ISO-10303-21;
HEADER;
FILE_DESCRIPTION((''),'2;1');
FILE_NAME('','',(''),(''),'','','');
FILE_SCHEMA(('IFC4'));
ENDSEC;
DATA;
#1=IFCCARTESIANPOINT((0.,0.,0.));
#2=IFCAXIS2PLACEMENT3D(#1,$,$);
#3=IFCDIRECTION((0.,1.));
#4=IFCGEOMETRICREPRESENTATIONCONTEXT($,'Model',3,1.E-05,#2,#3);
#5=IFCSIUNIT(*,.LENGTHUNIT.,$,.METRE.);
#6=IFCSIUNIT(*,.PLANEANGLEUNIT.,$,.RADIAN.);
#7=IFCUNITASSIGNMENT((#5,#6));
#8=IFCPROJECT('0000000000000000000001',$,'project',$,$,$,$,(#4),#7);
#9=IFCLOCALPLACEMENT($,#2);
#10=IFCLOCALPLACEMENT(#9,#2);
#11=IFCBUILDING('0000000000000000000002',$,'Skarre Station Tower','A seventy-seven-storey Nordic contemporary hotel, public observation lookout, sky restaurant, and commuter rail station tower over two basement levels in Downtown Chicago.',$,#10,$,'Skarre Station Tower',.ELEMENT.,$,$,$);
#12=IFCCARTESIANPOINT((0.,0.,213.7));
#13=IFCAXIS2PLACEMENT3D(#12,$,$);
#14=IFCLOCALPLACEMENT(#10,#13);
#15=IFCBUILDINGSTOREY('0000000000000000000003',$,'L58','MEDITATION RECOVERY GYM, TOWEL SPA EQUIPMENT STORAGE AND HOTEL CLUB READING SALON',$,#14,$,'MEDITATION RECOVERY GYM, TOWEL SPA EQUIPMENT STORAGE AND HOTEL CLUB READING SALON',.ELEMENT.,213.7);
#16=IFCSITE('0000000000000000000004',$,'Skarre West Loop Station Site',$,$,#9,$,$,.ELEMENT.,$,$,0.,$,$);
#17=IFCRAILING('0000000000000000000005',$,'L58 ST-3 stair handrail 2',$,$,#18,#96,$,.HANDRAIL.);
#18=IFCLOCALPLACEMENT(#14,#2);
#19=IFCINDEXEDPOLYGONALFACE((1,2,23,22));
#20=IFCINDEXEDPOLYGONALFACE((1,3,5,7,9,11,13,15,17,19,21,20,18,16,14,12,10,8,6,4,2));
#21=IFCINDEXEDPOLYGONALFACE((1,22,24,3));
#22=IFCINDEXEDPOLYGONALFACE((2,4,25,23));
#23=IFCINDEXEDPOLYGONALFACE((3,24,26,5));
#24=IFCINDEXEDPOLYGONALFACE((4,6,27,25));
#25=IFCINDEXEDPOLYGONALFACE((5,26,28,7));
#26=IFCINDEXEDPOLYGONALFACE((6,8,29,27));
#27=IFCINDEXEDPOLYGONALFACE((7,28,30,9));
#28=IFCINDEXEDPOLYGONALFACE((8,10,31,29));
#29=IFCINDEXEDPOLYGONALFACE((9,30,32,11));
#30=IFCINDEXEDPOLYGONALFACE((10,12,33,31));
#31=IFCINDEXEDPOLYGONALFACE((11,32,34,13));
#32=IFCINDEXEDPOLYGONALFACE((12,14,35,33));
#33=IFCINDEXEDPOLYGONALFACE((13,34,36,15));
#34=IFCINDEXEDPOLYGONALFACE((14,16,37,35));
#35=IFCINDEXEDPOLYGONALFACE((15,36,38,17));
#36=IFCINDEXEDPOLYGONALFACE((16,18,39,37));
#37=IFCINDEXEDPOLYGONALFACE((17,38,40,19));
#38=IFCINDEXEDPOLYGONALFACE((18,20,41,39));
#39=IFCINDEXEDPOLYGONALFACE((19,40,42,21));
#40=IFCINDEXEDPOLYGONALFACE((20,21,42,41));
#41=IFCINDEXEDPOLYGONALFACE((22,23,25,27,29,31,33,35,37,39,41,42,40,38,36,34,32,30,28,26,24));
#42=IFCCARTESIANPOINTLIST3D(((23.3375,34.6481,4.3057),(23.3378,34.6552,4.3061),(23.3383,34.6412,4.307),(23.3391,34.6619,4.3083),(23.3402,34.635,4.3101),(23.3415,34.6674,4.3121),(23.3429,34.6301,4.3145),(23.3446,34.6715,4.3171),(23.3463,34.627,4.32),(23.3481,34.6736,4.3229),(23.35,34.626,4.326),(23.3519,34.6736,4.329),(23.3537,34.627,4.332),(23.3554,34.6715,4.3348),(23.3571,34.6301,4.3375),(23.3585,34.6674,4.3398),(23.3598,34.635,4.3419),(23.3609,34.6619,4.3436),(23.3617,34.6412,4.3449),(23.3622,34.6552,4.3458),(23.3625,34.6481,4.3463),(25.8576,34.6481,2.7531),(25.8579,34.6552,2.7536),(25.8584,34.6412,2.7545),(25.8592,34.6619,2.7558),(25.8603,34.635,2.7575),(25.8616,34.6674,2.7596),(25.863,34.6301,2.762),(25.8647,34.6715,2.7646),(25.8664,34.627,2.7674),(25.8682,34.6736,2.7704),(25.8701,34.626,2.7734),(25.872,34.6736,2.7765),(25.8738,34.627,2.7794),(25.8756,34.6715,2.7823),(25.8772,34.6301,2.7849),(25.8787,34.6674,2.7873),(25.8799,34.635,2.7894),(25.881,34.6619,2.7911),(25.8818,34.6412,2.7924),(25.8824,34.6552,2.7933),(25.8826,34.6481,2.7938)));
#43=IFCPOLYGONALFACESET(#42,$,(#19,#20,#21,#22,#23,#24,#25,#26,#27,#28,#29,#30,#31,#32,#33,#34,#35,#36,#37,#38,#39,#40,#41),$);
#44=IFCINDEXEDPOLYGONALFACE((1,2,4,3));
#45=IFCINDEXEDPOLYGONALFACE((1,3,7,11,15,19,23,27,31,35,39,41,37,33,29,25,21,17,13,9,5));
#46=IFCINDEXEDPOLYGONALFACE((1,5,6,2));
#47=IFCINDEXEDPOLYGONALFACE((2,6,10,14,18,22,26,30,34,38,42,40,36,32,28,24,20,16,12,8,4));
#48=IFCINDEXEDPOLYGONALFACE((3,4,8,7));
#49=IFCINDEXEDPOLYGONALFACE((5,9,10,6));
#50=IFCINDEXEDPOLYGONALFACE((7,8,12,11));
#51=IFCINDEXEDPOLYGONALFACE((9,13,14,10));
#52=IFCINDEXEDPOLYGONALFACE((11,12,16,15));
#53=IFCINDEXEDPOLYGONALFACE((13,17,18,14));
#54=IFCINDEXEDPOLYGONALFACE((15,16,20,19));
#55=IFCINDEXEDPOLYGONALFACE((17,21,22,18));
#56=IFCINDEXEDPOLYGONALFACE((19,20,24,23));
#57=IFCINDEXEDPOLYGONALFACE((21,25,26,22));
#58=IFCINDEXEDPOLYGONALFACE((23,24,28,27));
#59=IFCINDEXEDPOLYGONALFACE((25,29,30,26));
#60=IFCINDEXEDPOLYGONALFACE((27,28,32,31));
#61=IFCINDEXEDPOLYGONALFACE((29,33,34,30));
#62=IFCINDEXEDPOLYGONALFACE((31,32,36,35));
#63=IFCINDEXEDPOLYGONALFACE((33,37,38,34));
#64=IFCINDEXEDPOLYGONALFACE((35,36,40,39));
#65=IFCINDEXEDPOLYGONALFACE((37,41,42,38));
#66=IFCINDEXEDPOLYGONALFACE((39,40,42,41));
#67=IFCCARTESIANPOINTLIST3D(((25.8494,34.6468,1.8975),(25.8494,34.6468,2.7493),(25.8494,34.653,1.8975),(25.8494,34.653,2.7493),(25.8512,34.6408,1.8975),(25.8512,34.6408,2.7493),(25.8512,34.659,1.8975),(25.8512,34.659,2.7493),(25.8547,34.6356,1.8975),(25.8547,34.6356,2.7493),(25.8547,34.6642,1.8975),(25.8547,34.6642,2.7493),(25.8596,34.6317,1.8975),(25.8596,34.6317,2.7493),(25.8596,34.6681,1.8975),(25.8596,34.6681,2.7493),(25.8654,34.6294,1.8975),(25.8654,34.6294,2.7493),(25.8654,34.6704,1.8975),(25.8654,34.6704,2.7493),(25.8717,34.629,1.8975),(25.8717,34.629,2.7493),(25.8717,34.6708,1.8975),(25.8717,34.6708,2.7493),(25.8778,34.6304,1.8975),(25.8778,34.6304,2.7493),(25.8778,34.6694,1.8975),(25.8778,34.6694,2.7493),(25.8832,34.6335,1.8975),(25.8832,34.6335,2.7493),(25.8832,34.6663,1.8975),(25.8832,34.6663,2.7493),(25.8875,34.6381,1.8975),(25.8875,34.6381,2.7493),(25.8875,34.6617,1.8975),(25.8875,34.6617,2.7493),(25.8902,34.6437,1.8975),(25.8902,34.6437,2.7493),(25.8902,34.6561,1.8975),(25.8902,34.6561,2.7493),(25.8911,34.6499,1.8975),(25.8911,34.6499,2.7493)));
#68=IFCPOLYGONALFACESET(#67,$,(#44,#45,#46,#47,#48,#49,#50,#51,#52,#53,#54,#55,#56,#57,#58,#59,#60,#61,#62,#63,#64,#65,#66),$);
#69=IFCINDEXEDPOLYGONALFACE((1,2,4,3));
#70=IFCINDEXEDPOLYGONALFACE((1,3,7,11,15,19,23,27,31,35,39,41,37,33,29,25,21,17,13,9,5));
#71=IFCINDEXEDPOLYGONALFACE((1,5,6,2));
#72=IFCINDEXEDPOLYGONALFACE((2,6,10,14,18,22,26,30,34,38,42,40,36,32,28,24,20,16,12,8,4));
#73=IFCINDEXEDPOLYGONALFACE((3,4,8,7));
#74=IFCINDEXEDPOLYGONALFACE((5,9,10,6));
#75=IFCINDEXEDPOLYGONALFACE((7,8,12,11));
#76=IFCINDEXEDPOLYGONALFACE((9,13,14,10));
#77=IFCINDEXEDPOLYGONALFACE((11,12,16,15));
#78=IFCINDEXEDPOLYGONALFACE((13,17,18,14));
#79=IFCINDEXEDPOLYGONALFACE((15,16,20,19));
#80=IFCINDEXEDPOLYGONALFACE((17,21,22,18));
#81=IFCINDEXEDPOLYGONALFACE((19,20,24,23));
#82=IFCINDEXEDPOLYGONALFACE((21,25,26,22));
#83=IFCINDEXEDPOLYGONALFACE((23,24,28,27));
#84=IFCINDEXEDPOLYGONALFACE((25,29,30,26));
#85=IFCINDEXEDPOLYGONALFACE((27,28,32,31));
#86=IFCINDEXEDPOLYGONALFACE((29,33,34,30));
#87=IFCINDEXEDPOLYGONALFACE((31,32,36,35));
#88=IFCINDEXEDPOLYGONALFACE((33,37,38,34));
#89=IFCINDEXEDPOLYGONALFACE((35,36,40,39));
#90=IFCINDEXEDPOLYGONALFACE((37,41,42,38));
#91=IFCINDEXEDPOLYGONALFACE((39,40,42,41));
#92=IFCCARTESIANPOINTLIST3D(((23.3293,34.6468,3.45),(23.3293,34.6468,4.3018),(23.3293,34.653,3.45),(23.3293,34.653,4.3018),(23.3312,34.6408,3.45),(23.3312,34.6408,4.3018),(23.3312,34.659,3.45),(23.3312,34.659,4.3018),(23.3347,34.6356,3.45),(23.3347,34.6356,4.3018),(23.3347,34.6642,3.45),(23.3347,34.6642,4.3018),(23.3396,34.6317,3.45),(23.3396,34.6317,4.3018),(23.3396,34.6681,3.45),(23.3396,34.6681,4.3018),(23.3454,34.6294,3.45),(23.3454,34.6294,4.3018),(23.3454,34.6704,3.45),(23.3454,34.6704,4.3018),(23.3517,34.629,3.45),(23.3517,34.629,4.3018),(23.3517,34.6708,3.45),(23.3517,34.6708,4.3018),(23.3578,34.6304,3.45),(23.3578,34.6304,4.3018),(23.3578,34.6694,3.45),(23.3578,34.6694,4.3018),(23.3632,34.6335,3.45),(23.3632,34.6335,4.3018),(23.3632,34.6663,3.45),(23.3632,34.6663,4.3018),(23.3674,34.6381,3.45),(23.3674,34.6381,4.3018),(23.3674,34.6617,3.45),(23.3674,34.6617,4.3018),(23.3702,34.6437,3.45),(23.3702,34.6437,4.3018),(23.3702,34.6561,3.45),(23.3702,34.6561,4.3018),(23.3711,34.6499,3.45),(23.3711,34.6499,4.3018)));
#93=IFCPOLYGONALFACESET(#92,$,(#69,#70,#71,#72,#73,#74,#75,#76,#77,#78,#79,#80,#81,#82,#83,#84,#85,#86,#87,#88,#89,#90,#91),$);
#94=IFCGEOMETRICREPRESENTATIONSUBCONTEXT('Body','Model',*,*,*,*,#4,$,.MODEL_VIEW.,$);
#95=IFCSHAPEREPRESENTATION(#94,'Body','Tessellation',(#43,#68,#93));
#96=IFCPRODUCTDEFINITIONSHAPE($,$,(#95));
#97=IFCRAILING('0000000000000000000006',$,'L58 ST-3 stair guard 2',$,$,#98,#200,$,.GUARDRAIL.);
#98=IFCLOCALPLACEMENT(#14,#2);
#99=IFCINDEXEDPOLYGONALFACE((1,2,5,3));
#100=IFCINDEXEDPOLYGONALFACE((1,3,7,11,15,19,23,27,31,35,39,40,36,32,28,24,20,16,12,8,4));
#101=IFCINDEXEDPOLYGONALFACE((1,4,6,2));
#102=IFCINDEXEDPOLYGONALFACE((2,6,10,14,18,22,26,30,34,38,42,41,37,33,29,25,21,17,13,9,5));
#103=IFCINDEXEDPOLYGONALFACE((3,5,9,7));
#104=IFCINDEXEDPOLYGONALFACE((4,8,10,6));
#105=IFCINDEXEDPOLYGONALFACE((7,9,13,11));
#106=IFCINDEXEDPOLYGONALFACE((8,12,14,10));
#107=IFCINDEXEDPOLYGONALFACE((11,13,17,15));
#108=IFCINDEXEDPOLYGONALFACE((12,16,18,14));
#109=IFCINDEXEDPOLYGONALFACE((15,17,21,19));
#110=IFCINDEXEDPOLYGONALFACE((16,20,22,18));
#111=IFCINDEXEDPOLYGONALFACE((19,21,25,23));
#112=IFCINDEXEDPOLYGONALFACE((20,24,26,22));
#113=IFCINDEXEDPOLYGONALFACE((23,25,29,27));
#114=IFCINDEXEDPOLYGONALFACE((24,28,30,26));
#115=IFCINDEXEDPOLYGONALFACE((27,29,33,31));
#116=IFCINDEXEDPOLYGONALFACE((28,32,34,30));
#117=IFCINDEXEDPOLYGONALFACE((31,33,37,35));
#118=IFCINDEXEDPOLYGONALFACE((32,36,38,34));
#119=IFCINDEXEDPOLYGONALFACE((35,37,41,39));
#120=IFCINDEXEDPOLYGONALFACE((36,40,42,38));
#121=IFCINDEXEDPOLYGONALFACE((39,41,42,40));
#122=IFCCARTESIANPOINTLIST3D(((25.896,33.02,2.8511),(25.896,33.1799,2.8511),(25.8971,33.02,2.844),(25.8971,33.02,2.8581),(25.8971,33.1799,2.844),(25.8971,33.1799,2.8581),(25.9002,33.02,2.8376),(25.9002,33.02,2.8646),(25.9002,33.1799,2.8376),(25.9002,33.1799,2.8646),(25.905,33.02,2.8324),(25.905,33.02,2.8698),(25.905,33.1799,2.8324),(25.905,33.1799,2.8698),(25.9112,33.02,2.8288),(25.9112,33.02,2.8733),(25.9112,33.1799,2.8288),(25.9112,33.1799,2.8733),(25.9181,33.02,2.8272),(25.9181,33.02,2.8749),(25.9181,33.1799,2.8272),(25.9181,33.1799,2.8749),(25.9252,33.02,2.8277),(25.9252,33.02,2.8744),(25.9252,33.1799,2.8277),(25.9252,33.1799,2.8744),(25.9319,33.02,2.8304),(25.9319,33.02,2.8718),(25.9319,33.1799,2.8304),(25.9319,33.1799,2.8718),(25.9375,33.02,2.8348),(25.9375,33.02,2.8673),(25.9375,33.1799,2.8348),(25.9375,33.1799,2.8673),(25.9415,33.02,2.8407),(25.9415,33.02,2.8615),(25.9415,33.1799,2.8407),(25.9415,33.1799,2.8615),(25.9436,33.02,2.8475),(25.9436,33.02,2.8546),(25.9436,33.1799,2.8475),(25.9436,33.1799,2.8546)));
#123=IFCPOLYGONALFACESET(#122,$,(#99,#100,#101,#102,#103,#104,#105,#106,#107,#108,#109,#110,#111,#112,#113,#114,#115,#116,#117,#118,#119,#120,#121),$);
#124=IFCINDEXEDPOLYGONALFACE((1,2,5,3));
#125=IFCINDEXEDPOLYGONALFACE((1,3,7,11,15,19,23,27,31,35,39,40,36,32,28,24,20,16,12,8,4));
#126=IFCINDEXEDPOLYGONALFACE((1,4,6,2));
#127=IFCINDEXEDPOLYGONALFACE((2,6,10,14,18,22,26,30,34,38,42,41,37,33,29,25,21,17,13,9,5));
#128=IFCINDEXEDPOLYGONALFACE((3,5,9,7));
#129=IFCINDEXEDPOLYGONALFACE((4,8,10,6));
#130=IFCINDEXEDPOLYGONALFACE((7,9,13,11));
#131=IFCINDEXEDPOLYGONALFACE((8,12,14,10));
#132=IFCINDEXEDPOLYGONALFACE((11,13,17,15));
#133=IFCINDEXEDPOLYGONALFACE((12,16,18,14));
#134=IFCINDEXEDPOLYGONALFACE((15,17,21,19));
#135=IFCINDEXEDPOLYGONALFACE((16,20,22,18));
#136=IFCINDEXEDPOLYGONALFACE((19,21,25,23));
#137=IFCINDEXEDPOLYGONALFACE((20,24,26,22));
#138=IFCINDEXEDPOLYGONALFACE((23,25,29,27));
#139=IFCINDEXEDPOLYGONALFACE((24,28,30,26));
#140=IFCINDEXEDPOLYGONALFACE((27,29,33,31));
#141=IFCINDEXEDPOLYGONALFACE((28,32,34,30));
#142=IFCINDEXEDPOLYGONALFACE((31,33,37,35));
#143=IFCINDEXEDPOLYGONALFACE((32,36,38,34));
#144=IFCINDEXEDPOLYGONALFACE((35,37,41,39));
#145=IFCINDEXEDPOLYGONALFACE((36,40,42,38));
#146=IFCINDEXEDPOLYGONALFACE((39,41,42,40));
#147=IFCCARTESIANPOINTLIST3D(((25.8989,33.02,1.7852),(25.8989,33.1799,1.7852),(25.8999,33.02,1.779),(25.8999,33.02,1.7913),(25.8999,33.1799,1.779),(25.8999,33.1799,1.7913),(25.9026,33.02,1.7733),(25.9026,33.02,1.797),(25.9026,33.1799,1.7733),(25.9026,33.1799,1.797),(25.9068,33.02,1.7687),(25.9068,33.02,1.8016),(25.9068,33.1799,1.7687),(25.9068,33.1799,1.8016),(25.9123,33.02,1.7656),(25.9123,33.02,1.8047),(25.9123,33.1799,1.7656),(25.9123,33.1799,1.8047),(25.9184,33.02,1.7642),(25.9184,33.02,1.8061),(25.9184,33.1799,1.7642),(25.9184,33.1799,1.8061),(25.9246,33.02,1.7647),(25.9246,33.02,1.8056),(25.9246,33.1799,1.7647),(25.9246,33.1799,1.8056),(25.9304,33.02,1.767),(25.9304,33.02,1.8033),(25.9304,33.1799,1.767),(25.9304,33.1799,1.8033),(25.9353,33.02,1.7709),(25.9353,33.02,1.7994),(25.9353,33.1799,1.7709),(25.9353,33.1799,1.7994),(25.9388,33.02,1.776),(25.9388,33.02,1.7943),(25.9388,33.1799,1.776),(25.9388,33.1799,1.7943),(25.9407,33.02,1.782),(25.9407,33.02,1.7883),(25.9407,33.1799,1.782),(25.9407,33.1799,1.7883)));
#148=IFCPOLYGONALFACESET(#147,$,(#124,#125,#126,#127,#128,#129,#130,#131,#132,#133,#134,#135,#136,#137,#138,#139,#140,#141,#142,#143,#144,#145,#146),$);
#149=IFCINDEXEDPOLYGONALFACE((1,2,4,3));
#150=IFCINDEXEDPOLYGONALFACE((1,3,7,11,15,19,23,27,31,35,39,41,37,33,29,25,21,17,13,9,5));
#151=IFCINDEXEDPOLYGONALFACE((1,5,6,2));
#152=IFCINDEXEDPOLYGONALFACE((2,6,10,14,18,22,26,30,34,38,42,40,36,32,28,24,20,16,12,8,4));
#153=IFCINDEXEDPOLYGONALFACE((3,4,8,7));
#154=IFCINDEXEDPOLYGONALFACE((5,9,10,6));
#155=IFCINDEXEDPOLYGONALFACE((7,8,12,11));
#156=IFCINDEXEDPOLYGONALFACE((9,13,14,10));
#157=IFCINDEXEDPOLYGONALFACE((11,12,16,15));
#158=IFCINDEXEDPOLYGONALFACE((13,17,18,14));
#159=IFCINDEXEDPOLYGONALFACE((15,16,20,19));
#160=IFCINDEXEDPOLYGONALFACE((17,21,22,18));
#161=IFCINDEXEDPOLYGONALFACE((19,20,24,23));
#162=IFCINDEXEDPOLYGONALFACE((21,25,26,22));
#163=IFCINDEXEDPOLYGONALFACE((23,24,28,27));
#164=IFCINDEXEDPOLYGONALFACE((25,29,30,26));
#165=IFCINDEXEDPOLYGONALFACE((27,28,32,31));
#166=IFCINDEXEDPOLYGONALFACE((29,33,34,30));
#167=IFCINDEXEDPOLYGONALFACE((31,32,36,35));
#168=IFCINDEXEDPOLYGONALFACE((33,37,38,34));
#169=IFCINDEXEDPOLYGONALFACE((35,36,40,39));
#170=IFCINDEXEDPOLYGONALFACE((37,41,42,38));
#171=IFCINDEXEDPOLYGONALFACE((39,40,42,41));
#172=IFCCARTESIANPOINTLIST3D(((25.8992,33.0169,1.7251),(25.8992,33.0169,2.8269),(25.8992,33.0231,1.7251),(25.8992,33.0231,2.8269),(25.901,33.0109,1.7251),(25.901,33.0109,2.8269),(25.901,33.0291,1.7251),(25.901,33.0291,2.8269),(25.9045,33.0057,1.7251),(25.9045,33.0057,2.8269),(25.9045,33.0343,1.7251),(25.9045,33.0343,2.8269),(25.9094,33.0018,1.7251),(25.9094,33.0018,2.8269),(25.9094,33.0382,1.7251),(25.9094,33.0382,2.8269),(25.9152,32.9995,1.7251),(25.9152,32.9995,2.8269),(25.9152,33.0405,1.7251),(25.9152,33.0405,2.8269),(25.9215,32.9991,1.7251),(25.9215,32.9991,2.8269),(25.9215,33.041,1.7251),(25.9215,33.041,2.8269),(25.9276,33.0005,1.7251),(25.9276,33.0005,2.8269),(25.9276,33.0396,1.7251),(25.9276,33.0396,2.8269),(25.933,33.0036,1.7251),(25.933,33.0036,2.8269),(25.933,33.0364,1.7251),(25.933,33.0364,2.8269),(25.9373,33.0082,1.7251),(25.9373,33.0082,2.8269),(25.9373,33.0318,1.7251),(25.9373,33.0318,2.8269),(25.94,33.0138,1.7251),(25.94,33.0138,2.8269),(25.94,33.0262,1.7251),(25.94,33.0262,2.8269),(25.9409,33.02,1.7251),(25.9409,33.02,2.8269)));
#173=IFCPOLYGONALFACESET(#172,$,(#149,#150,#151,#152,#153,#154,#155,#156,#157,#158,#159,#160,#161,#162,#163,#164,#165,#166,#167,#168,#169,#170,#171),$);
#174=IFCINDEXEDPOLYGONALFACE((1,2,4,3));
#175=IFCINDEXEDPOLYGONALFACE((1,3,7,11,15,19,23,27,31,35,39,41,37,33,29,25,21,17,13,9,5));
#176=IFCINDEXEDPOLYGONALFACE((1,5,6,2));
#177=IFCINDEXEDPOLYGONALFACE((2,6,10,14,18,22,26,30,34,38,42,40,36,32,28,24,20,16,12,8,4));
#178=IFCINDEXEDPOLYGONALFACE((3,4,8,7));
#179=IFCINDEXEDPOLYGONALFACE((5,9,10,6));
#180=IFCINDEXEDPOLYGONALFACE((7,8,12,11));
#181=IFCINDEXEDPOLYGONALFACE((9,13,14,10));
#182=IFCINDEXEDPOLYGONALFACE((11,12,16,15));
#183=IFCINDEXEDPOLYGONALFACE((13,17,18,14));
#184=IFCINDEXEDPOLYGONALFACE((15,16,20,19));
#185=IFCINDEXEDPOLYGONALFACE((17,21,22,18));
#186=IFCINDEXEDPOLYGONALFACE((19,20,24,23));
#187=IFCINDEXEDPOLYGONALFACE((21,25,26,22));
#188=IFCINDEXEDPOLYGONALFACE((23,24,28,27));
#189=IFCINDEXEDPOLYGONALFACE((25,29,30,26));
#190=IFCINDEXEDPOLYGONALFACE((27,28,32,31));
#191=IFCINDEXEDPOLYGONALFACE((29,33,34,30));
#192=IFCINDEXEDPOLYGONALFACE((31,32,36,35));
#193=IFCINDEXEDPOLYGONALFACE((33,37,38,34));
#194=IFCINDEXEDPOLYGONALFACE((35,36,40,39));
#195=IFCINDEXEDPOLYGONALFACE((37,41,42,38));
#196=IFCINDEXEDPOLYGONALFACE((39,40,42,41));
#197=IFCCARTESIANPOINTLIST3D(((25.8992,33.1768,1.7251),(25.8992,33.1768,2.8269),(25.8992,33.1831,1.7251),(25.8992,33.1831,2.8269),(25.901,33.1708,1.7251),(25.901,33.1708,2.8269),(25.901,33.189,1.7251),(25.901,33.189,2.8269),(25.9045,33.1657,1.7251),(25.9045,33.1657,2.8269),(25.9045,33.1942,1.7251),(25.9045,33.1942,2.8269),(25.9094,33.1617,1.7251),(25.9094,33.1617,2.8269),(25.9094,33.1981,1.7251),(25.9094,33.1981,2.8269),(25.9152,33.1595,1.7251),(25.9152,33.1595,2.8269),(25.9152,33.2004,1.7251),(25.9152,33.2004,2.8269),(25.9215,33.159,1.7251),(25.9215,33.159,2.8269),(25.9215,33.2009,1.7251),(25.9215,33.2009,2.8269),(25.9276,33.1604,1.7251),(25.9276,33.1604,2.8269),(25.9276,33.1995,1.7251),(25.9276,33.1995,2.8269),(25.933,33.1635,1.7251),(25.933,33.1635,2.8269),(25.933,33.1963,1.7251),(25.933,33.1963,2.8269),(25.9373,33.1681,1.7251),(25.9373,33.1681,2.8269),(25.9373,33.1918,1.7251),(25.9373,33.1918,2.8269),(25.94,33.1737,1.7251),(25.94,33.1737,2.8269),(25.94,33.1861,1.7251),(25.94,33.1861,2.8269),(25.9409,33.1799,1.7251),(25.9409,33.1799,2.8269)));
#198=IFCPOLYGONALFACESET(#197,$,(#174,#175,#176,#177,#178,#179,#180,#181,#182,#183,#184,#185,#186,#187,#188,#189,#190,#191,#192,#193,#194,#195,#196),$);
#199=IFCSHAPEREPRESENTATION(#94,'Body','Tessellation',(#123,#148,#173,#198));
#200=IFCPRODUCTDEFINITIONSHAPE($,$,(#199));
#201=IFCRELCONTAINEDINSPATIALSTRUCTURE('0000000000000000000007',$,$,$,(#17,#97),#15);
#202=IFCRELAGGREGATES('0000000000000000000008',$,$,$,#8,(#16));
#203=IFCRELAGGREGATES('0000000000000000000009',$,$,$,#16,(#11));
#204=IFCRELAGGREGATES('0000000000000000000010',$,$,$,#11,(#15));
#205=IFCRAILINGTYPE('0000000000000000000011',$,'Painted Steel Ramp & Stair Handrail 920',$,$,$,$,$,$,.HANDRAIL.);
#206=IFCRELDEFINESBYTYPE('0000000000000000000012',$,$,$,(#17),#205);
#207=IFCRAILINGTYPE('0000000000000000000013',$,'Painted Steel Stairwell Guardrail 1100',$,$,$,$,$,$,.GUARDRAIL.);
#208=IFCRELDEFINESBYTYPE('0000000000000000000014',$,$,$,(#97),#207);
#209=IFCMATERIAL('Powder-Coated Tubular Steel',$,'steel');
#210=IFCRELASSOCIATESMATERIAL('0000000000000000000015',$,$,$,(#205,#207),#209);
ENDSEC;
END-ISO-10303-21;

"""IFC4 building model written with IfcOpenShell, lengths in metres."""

from ifc_helpers import new_model, si_unit, direction, frame, origin, origin_2d, place, context, subcontext, project, spatial, circle, extrude, material, type_object, element, save


model = new_model("IFC4")

# Units and contexts
model_context = context("Model", 3, precision=1e-05, world=origin(), true_north=direction((0.0, 1.0)))
body_context = subcontext(model_context, "Body", "Model", "MODEL_VIEW")
ifc_project = project(units=[si_unit("LENGTHUNIT", "METRE"), si_unit("PLANEANGLEUNIT", "RADIAN")], contexts=[model_context])

# Site, building, storey
site_placement = place(None, origin())
site = spatial("IfcSite", under=ifc_project, at=site_placement, Name="Skarre West Loop Station Site", CompositionType="ELEMENT", RefElevation=0.0)
building_placement = place(site_placement, origin())
building = spatial("IfcBuilding", under=site, at=building_placement, Name="Skarre Station Tower", Description="A seventy-seven-storey Nordic contemporary hotel, public observation lookout, sky restaurant, and commuter rail station tower over two basement levels in Downtown Chicago.", LongName="Skarre Station Tower", CompositionType="ELEMENT")
storey_placement = place(building_placement, frame((0.0, 0.0, 213.7)))
storey = spatial("IfcBuildingStorey", under=building, at=storey_placement, Name="L58", Description="MEDITATION RECOVERY GYM, TOWEL SPA EQUIPMENT STORAGE AND HOTEL CLUB READING SALON", LongName="MEDITATION RECOVERY GYM, TOWEL SPA EQUIPMENT STORAGE AND HOTEL CLUB READING SALON", CompositionType="ELEMENT", Elevation=213.7)

# Railings
ifc_material_1 = material(Name="Powder-Coated Tubular Steel", Category="steel")
railing_type_1 = type_object("IfcRailingType", Name="Painted Steel Ramp & Stair Handrail 920", PredefinedType="HANDRAIL", material=ifc_material_1)
railing_1_placement = place(storey_placement, frame((25.8701, 34.6499, 1.8975)))
element("IfcRailing", 1, at=railing_1_placement, inside=storey, type_object=railing_type_1, Name="L58 ST-3 stair handrail 2", PredefinedType="HANDRAIL", context=body_context, shape_type="SweptSolid", body=[
    extrude(circle(Radius=0.0239, at=origin_2d()), frame((0.0, 0.0, 0.876), z_axis=(-0.8514, 0.0, 0.524516), x_axis=(0.0, -1.0, 0.0)), (0.0, 0.0, 1.0), 2.96),
    extrude(circle(Radius=0.021, at=origin_2d()), origin(), (0.0, 0.0, 1.0), 0.8518),
    extrude(circle(Radius=0.021, at=origin_2d()), frame((-2.52, 0.0, 1.5525)), (0.0, 0.0, 1.0), 0.8518),
])
railing_type_2 = type_object("IfcRailingType", Name="Painted Steel Stairwell Guardrail 1100", PredefinedType="GUARDRAIL", material=ifc_material_1)
railing_2_placement = place(storey_placement, frame((25.9199, 33.02, 1.7251)))
element("IfcRailing", 2, at=railing_2_placement, inside=storey, type_object=railing_type_2, Name="L58 ST-3 stair guard 2", PredefinedType="GUARDRAIL", context=body_context, shape_type="SweptSolid", body=[
    extrude(circle(Radius=0.0239, at=origin_2d()), frame((0.0, 0.0, 1.126), z_axis=(0.0, 1.0, 0.0), x_axis=(-1.0, 0.0, 0.0)), (0.0, 0.0, 1.0), 0.1599),
    extrude(circle(Radius=0.021, at=origin_2d()), frame((0.0, 0.0, 0.0601), z_axis=(0.0, 1.0, 0.0), x_axis=(-1.0, 0.0, 0.0)), (0.0, 0.0, 1.0), 0.1599),
    extrude(circle(Radius=0.021, at=origin_2d()), origin(), (0.0, 0.0, 1.0), 1.1018),
    extrude(circle(Radius=0.021, at=origin_2d()), frame((0.0, 0.1599, 0.0)), (0.0, 0.0, 1.0), 1.1018),
])

save(model, "model.ifc")
